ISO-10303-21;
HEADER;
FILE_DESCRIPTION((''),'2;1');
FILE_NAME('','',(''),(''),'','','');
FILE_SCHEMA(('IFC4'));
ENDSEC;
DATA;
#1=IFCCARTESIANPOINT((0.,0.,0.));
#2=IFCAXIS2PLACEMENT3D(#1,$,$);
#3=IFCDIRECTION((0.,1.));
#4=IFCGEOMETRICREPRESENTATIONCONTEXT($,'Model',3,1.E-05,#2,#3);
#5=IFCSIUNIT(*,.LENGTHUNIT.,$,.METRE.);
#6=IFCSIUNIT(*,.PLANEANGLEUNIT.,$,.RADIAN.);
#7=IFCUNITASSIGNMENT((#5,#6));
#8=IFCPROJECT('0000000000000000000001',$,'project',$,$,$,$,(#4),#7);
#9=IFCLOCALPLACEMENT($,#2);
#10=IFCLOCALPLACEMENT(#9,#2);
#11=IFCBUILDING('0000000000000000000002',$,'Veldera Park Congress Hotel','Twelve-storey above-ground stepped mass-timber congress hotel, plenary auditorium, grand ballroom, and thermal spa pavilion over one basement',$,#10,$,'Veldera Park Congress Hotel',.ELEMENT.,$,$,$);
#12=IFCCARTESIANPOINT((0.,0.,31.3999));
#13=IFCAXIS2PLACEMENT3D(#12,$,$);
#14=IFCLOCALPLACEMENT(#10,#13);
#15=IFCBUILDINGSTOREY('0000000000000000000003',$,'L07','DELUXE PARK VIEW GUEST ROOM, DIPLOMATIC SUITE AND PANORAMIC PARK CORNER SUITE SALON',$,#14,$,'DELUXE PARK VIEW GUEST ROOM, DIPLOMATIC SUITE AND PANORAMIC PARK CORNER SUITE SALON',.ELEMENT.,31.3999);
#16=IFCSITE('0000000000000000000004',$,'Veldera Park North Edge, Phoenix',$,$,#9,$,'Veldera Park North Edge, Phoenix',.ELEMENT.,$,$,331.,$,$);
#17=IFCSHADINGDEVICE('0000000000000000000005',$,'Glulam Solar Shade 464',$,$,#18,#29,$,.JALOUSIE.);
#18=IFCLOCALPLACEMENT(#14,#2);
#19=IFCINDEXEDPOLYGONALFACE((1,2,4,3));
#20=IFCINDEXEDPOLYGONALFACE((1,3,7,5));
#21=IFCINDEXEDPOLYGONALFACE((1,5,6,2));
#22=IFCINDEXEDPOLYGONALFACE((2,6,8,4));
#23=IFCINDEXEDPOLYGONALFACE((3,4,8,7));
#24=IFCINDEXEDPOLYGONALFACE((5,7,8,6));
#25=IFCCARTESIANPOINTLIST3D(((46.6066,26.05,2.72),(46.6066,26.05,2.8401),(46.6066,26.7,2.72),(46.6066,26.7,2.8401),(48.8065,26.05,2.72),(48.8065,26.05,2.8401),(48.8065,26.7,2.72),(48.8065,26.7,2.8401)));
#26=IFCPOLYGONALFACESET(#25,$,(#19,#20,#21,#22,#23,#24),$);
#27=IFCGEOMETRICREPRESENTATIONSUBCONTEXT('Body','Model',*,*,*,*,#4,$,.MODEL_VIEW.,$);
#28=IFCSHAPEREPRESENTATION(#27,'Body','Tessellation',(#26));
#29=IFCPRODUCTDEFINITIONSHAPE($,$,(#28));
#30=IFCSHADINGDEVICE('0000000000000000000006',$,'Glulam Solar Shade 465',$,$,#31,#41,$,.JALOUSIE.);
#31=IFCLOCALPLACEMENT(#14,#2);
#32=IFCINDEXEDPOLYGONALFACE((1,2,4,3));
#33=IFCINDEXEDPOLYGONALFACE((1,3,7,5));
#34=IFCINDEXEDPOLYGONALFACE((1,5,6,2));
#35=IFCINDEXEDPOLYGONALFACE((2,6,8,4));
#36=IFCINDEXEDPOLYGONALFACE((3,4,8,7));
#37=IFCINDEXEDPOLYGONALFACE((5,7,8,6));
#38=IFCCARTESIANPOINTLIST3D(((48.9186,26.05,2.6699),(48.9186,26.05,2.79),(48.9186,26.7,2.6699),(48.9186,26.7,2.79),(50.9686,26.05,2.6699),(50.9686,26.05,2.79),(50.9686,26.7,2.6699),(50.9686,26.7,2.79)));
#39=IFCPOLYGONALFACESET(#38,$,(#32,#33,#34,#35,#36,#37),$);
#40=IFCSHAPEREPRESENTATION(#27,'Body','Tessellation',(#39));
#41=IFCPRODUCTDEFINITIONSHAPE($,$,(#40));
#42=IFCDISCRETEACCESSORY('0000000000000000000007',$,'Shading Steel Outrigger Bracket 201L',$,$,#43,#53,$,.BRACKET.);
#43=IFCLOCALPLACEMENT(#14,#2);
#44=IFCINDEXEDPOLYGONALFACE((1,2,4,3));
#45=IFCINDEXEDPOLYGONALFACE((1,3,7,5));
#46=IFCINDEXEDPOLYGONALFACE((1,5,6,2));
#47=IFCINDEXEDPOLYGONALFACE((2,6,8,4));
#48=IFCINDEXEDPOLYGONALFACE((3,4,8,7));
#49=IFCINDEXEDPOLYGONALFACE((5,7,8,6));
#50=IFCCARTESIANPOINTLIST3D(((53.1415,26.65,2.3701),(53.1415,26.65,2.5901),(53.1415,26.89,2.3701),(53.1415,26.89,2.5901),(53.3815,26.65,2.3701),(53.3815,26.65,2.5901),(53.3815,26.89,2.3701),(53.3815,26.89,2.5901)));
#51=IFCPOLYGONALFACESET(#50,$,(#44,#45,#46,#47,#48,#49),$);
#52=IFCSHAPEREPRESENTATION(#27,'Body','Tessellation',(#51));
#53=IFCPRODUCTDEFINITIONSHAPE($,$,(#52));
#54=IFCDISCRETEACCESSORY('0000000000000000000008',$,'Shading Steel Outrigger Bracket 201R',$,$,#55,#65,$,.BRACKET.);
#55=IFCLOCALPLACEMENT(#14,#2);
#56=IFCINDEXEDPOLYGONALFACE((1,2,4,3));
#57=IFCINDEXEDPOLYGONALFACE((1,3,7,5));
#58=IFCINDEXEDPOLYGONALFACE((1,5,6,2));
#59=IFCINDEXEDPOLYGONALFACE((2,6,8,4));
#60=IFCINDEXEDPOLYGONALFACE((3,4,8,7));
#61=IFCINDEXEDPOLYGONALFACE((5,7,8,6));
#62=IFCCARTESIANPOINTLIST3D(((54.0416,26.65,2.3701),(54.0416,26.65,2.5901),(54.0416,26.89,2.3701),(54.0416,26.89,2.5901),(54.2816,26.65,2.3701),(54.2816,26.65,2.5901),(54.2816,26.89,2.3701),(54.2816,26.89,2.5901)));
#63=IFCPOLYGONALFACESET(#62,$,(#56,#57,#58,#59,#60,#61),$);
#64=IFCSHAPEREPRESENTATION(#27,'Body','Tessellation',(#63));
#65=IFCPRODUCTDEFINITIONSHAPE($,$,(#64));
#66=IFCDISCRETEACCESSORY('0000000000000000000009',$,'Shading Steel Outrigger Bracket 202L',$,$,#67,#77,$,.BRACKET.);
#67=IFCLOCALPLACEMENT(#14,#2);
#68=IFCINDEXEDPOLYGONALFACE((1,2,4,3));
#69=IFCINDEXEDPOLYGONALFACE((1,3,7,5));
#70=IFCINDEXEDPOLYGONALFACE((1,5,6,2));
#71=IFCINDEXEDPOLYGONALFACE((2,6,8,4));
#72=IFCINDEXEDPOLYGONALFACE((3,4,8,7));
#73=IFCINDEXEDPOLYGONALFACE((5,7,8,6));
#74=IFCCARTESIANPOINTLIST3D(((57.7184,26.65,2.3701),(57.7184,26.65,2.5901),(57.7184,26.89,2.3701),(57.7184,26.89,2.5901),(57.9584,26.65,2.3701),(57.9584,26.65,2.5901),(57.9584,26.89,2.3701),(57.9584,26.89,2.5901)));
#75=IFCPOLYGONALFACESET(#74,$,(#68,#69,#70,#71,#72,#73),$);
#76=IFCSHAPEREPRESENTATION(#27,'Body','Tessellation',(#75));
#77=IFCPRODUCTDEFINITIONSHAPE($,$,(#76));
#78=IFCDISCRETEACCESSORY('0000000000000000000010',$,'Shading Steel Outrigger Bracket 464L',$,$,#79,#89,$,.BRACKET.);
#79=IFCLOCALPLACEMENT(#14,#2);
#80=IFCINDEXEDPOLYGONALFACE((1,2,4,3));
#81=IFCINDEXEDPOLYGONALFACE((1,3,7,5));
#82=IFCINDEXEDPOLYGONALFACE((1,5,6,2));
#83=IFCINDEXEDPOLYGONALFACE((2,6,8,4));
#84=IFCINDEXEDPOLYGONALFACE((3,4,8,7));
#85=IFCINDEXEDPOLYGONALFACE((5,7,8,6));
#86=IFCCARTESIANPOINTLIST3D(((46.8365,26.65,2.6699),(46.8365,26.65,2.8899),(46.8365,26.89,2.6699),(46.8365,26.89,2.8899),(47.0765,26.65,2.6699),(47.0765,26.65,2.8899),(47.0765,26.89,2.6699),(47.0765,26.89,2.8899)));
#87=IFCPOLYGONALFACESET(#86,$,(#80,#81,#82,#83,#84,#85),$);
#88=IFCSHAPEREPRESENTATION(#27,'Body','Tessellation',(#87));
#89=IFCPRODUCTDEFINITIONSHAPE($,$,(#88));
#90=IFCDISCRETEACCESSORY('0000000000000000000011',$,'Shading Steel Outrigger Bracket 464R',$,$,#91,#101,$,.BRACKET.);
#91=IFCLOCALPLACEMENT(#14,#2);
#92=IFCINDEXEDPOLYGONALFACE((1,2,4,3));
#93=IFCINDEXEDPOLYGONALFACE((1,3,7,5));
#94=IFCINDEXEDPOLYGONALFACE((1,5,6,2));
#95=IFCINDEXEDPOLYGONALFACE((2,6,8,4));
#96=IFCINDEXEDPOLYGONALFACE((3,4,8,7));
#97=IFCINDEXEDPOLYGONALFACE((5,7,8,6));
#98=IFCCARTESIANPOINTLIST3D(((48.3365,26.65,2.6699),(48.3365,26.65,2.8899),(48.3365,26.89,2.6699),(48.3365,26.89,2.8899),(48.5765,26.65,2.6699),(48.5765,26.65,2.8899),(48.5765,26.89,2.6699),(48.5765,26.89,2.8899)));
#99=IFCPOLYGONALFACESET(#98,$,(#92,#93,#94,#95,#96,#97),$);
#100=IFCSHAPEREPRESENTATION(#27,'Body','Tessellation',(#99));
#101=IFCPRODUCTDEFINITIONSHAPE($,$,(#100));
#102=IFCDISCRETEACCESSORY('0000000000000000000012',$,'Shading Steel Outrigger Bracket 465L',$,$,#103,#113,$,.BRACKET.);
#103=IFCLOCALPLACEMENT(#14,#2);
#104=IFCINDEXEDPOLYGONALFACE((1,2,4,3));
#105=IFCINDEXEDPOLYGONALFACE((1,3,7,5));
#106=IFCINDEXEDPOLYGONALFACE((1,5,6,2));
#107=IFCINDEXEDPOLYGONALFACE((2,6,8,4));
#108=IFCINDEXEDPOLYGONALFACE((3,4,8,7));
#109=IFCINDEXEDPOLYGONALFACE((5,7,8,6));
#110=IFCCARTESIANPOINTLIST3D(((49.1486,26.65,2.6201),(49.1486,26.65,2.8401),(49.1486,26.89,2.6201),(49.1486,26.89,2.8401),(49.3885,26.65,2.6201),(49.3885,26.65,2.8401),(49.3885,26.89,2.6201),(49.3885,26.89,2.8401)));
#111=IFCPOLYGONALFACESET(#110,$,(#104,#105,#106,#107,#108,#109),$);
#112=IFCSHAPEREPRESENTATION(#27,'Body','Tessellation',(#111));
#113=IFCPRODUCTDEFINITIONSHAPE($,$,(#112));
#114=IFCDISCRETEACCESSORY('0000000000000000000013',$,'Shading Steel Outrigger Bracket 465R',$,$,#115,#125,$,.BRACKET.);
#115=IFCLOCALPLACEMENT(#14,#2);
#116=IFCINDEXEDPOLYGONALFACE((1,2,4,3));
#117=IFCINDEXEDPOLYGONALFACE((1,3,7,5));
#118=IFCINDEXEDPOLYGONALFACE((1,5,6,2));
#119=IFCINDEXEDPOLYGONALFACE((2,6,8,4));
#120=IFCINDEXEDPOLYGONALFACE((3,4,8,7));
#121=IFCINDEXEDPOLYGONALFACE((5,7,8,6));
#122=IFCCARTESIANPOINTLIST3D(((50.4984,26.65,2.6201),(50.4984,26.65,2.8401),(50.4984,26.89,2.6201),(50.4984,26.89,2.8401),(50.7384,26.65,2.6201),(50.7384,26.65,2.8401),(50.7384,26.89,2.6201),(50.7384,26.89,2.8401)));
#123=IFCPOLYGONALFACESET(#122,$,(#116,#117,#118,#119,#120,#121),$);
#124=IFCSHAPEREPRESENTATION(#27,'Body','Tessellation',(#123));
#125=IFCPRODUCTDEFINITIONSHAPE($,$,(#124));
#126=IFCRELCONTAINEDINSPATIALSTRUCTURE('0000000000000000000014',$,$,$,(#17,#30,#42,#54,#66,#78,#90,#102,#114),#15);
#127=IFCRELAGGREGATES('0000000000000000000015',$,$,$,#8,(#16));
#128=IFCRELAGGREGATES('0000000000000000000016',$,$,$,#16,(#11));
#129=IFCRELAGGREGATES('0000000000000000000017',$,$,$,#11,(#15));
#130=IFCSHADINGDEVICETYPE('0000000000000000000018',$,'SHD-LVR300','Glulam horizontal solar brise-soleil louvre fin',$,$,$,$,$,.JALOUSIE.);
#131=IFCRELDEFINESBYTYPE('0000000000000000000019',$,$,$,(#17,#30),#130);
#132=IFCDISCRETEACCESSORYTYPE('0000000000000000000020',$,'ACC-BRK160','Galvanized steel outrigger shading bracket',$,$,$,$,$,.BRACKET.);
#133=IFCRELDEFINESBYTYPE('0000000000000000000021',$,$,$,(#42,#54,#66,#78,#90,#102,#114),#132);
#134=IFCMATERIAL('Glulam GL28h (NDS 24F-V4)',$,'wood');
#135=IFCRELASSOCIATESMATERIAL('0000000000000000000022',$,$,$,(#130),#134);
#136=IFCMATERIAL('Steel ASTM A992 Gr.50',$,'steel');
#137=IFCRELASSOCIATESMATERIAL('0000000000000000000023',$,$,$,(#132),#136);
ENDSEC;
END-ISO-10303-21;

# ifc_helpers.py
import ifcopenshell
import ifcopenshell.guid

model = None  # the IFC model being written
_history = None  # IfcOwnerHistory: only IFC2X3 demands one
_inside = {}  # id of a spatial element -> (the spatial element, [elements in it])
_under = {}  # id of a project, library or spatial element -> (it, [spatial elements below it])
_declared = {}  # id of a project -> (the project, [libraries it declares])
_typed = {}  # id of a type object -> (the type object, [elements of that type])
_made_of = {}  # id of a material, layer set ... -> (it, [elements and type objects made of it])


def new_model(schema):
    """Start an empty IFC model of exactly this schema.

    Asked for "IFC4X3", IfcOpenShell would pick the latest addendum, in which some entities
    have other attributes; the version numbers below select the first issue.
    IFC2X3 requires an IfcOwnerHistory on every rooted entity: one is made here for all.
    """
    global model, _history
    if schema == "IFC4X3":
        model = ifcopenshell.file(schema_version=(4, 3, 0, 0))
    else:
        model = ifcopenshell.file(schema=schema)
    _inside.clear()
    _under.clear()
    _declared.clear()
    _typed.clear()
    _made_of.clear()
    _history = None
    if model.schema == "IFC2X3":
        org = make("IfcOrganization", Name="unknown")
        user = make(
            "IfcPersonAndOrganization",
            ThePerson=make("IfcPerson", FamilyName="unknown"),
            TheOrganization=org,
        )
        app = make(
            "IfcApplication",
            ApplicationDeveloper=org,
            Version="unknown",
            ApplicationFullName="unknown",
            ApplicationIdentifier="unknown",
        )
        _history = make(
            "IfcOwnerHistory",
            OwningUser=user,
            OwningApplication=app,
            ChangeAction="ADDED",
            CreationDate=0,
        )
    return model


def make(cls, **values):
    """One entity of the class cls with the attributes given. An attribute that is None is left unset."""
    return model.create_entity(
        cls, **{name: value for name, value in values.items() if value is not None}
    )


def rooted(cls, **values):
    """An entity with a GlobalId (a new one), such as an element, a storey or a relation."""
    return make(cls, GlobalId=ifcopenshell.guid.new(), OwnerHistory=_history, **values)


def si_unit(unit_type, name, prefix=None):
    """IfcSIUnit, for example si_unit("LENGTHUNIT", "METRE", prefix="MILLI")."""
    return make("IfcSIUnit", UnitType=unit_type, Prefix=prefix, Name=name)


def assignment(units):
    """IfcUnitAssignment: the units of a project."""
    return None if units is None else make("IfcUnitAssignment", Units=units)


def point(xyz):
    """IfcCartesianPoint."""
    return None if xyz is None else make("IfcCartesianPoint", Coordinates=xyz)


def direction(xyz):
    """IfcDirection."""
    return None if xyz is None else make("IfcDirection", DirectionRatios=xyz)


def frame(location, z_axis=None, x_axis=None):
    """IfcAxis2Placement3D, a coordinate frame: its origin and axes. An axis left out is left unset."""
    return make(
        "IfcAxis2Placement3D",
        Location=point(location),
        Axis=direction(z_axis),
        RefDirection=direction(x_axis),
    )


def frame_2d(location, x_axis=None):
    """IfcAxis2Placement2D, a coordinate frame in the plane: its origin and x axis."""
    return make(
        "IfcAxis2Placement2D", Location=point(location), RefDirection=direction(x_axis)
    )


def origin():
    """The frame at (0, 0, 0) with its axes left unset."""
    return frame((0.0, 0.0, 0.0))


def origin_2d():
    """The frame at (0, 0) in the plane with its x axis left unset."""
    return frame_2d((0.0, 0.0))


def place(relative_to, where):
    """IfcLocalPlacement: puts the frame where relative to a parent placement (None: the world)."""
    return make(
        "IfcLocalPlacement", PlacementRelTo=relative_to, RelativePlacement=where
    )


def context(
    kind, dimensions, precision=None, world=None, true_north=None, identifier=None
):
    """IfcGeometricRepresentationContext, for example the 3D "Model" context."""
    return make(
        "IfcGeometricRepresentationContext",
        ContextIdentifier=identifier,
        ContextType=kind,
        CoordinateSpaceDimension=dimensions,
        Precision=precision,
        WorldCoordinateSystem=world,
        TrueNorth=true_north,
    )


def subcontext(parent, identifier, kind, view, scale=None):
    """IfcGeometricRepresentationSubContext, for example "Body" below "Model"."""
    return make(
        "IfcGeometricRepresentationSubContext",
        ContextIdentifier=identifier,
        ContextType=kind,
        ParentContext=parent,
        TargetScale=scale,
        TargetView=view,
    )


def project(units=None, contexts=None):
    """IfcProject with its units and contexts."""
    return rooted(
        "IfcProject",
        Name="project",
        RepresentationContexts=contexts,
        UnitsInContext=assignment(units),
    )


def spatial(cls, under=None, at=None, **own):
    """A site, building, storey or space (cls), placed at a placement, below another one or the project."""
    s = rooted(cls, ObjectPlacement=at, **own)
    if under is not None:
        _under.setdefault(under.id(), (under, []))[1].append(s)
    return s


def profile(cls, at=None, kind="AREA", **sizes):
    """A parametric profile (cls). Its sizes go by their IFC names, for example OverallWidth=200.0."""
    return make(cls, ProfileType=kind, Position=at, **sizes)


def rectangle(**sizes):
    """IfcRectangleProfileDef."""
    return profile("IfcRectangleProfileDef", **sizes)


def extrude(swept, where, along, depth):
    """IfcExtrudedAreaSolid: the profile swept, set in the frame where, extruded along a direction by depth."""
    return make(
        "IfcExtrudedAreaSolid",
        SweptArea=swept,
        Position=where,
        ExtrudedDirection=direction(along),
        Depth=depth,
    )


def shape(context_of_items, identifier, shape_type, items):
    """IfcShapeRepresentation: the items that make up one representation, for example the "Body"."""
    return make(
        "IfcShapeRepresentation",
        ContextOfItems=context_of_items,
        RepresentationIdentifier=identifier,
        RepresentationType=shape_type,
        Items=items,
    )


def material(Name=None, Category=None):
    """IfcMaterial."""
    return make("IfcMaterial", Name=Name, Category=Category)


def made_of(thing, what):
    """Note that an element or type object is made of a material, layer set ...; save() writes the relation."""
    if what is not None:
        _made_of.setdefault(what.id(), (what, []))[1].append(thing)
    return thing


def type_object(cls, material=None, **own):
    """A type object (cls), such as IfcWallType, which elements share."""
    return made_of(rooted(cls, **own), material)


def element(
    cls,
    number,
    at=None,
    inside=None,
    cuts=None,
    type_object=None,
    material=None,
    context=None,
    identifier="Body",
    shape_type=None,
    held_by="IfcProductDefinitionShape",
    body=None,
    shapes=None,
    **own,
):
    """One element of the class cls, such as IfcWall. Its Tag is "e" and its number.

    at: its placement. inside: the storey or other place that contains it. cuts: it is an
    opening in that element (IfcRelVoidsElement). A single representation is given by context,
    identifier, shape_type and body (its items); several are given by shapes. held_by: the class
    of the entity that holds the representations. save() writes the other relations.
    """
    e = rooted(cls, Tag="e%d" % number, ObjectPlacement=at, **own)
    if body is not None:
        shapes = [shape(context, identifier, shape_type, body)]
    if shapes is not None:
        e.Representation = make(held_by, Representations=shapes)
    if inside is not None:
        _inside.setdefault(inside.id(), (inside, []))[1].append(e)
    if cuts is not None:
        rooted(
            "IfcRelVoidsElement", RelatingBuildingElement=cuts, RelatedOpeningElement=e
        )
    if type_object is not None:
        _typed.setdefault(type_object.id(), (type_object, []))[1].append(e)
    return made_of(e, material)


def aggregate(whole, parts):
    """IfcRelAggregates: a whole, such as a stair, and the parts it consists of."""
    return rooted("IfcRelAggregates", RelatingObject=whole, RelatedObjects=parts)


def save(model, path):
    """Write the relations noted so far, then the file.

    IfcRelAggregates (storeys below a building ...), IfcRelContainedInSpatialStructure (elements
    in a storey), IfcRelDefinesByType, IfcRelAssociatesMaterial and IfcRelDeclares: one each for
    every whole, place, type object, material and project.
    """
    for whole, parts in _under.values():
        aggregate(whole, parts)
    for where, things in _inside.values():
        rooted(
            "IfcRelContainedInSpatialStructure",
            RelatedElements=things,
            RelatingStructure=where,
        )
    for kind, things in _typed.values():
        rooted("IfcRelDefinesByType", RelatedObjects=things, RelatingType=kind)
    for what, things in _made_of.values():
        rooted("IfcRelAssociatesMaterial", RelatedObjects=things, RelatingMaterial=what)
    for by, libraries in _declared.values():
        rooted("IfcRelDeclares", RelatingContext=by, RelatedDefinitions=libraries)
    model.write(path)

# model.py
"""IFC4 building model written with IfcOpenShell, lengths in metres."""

from ifc_helpers import new_model, si_unit, direction, frame, origin, origin_2d, place, context, subcontext, project, spatial, rectangle, extrude, material, type_object, element, save


model = new_model("IFC4")

# Units and contexts
model_context = context("Model", 3, precision=1e-05, world=origin(), true_north=direction((0.0, 1.0)))
body_context = subcontext(model_context, "Body", "Model", "MODEL_VIEW")
ifc_project = project(units=[si_unit("LENGTHUNIT", "METRE"), si_unit("PLANEANGLEUNIT", "RADIAN")], contexts=[model_context])

# Site, building, storey
site_placement = place(None, origin())
site = spatial("IfcSite", under=ifc_project, at=site_placement, Name="Veldera Park North Edge, Phoenix", LongName="Veldera Park North Edge, Phoenix", CompositionType="ELEMENT", RefElevation=331.0)
building_placement = place(site_placement, origin())
building = spatial("IfcBuilding", under=site, at=building_placement, Name="Veldera Park Congress Hotel", Description="Twelve-storey above-ground stepped mass-timber congress hotel, plenary auditorium, grand ballroom, and thermal spa pavilion over one basement", LongName="Veldera Park Congress Hotel", CompositionType="ELEMENT")
storey_placement = place(building_placement, frame((0.0, 0.0, 31.3999)))
storey = spatial("IfcBuildingStorey", under=building, at=storey_placement, Name="L07", Description="DELUXE PARK VIEW GUEST ROOM, DIPLOMATIC SUITE AND PANORAMIC PARK CORNER SUITE SALON", LongName="DELUXE PARK VIEW GUEST ROOM, DIPLOMATIC SUITE AND PANORAMIC PARK CORNER SUITE SALON", CompositionType="ELEMENT", Elevation=31.3999)

# Shared definitions
ifc_material_1 = material(Name="Glulam GL28h (NDS 24F-V4)", Category="wood")

# Shading devices
shading_device_type = type_object("IfcShadingDeviceType", Name="SHD-LVR300", Description="Glulam horizontal solar brise-soleil louvre fin", PredefinedType="JALOUSIE", material=ifc_material_1)
shading_device_1_placement = place(storey_placement, frame((47.7065, 26.375, 2.72), z_axis=(0.0, 0.0, 1.0), x_axis=(1.0, 0.0, 0.0)))
element("IfcShadingDevice", 1, at=shading_device_1_placement, inside=storey, type_object=shading_device_type, Name="Glulam Solar Shade 464", PredefinedType="JALOUSIE", context=body_context, shape_type="SweptSolid", body=[
    extrude(rectangle(XDim=2.2, YDim=0.6499, at=origin_2d()), origin(), (0.0, 0.0, 1.0), 0.1201),
])
shading_device_2_placement = place(storey_placement, frame((49.9436, 26.375, 2.6699), z_axis=(0.0, 0.0, 1.0), x_axis=(1.0, 0.0, 0.0)))
element("IfcShadingDevice", 2, at=shading_device_2_placement, inside=storey, type_object=shading_device_type, Name="Glulam Solar Shade 465", PredefinedType="JALOUSIE", context=body_context, shape_type="SweptSolid", body=[
    extrude(rectangle(XDim=2.05, YDim=0.6499, at=origin_2d()), origin(), (0.0, 0.0, 1.0), 0.1201),
])

# Discrete accessories
ifc_material_2 = material(Name="Steel ASTM A992 Gr.50", Category="steel")
discrete_accessory_type = type_object("IfcDiscreteAccessoryType", Name="ACC-BRK160", Description="Galvanized steel outrigger shading bracket", PredefinedType="BRACKET", material=ifc_material_2)
for number, where, z_axis, x_axis, name in (
    (3, (53.2615, 26.77, 2.3701), (0.0, 0.0, 1.0), (1.0, 0.0, 0.0), "Shading Steel Outrigger Bracket 201L"),
    (4, (54.1616, 26.77, 2.3701), (0.0, 0.0, 1.0), (1.0, 0.0, 0.0), "Shading Steel Outrigger Bracket 201R"),
    (5, (57.8384, 26.77, 2.3701), (0.0, 0.0, 1.0), (1.0, 0.0, 0.0), "Shading Steel Outrigger Bracket 202L"),
    (6, (46.9565, 26.77, 2.6699), (0.0, 0.0, 1.0), (1.0, 0.0, 0.0), "Shading Steel Outrigger Bracket 464L"),
    (7, (48.4565, 26.77, 2.6699), (0.0, 0.0, 1.0), (1.0, 0.0, 0.0), "Shading Steel Outrigger Bracket 464R"),
    (8, (49.2686, 26.77, 2.6201), (0.0, 0.0, 1.0), (1.0, 0.0, 0.0), "Shading Steel Outrigger Bracket 465L"),
    (9, (50.6184, 26.77, 2.6201), (0.0, 0.0, 1.0), (1.0, 0.0, 0.0), "Shading Steel Outrigger Bracket 465R"),
):
    element("IfcDiscreteAccessory", number, at=place(storey_placement, frame(where, z_axis=z_axis, x_axis=x_axis)), inside=storey, type_object=discrete_accessory_type, Name=name, PredefinedType="BRACKET", context=body_context, shape_type="SweptSolid", body=[
        extrude(rectangle(XDim=0.24, YDim=0.24, at=origin_2d()), origin(), (0.0, 0.0, 1.0), 0.22),
    ])

save(model, "model.ifc")
